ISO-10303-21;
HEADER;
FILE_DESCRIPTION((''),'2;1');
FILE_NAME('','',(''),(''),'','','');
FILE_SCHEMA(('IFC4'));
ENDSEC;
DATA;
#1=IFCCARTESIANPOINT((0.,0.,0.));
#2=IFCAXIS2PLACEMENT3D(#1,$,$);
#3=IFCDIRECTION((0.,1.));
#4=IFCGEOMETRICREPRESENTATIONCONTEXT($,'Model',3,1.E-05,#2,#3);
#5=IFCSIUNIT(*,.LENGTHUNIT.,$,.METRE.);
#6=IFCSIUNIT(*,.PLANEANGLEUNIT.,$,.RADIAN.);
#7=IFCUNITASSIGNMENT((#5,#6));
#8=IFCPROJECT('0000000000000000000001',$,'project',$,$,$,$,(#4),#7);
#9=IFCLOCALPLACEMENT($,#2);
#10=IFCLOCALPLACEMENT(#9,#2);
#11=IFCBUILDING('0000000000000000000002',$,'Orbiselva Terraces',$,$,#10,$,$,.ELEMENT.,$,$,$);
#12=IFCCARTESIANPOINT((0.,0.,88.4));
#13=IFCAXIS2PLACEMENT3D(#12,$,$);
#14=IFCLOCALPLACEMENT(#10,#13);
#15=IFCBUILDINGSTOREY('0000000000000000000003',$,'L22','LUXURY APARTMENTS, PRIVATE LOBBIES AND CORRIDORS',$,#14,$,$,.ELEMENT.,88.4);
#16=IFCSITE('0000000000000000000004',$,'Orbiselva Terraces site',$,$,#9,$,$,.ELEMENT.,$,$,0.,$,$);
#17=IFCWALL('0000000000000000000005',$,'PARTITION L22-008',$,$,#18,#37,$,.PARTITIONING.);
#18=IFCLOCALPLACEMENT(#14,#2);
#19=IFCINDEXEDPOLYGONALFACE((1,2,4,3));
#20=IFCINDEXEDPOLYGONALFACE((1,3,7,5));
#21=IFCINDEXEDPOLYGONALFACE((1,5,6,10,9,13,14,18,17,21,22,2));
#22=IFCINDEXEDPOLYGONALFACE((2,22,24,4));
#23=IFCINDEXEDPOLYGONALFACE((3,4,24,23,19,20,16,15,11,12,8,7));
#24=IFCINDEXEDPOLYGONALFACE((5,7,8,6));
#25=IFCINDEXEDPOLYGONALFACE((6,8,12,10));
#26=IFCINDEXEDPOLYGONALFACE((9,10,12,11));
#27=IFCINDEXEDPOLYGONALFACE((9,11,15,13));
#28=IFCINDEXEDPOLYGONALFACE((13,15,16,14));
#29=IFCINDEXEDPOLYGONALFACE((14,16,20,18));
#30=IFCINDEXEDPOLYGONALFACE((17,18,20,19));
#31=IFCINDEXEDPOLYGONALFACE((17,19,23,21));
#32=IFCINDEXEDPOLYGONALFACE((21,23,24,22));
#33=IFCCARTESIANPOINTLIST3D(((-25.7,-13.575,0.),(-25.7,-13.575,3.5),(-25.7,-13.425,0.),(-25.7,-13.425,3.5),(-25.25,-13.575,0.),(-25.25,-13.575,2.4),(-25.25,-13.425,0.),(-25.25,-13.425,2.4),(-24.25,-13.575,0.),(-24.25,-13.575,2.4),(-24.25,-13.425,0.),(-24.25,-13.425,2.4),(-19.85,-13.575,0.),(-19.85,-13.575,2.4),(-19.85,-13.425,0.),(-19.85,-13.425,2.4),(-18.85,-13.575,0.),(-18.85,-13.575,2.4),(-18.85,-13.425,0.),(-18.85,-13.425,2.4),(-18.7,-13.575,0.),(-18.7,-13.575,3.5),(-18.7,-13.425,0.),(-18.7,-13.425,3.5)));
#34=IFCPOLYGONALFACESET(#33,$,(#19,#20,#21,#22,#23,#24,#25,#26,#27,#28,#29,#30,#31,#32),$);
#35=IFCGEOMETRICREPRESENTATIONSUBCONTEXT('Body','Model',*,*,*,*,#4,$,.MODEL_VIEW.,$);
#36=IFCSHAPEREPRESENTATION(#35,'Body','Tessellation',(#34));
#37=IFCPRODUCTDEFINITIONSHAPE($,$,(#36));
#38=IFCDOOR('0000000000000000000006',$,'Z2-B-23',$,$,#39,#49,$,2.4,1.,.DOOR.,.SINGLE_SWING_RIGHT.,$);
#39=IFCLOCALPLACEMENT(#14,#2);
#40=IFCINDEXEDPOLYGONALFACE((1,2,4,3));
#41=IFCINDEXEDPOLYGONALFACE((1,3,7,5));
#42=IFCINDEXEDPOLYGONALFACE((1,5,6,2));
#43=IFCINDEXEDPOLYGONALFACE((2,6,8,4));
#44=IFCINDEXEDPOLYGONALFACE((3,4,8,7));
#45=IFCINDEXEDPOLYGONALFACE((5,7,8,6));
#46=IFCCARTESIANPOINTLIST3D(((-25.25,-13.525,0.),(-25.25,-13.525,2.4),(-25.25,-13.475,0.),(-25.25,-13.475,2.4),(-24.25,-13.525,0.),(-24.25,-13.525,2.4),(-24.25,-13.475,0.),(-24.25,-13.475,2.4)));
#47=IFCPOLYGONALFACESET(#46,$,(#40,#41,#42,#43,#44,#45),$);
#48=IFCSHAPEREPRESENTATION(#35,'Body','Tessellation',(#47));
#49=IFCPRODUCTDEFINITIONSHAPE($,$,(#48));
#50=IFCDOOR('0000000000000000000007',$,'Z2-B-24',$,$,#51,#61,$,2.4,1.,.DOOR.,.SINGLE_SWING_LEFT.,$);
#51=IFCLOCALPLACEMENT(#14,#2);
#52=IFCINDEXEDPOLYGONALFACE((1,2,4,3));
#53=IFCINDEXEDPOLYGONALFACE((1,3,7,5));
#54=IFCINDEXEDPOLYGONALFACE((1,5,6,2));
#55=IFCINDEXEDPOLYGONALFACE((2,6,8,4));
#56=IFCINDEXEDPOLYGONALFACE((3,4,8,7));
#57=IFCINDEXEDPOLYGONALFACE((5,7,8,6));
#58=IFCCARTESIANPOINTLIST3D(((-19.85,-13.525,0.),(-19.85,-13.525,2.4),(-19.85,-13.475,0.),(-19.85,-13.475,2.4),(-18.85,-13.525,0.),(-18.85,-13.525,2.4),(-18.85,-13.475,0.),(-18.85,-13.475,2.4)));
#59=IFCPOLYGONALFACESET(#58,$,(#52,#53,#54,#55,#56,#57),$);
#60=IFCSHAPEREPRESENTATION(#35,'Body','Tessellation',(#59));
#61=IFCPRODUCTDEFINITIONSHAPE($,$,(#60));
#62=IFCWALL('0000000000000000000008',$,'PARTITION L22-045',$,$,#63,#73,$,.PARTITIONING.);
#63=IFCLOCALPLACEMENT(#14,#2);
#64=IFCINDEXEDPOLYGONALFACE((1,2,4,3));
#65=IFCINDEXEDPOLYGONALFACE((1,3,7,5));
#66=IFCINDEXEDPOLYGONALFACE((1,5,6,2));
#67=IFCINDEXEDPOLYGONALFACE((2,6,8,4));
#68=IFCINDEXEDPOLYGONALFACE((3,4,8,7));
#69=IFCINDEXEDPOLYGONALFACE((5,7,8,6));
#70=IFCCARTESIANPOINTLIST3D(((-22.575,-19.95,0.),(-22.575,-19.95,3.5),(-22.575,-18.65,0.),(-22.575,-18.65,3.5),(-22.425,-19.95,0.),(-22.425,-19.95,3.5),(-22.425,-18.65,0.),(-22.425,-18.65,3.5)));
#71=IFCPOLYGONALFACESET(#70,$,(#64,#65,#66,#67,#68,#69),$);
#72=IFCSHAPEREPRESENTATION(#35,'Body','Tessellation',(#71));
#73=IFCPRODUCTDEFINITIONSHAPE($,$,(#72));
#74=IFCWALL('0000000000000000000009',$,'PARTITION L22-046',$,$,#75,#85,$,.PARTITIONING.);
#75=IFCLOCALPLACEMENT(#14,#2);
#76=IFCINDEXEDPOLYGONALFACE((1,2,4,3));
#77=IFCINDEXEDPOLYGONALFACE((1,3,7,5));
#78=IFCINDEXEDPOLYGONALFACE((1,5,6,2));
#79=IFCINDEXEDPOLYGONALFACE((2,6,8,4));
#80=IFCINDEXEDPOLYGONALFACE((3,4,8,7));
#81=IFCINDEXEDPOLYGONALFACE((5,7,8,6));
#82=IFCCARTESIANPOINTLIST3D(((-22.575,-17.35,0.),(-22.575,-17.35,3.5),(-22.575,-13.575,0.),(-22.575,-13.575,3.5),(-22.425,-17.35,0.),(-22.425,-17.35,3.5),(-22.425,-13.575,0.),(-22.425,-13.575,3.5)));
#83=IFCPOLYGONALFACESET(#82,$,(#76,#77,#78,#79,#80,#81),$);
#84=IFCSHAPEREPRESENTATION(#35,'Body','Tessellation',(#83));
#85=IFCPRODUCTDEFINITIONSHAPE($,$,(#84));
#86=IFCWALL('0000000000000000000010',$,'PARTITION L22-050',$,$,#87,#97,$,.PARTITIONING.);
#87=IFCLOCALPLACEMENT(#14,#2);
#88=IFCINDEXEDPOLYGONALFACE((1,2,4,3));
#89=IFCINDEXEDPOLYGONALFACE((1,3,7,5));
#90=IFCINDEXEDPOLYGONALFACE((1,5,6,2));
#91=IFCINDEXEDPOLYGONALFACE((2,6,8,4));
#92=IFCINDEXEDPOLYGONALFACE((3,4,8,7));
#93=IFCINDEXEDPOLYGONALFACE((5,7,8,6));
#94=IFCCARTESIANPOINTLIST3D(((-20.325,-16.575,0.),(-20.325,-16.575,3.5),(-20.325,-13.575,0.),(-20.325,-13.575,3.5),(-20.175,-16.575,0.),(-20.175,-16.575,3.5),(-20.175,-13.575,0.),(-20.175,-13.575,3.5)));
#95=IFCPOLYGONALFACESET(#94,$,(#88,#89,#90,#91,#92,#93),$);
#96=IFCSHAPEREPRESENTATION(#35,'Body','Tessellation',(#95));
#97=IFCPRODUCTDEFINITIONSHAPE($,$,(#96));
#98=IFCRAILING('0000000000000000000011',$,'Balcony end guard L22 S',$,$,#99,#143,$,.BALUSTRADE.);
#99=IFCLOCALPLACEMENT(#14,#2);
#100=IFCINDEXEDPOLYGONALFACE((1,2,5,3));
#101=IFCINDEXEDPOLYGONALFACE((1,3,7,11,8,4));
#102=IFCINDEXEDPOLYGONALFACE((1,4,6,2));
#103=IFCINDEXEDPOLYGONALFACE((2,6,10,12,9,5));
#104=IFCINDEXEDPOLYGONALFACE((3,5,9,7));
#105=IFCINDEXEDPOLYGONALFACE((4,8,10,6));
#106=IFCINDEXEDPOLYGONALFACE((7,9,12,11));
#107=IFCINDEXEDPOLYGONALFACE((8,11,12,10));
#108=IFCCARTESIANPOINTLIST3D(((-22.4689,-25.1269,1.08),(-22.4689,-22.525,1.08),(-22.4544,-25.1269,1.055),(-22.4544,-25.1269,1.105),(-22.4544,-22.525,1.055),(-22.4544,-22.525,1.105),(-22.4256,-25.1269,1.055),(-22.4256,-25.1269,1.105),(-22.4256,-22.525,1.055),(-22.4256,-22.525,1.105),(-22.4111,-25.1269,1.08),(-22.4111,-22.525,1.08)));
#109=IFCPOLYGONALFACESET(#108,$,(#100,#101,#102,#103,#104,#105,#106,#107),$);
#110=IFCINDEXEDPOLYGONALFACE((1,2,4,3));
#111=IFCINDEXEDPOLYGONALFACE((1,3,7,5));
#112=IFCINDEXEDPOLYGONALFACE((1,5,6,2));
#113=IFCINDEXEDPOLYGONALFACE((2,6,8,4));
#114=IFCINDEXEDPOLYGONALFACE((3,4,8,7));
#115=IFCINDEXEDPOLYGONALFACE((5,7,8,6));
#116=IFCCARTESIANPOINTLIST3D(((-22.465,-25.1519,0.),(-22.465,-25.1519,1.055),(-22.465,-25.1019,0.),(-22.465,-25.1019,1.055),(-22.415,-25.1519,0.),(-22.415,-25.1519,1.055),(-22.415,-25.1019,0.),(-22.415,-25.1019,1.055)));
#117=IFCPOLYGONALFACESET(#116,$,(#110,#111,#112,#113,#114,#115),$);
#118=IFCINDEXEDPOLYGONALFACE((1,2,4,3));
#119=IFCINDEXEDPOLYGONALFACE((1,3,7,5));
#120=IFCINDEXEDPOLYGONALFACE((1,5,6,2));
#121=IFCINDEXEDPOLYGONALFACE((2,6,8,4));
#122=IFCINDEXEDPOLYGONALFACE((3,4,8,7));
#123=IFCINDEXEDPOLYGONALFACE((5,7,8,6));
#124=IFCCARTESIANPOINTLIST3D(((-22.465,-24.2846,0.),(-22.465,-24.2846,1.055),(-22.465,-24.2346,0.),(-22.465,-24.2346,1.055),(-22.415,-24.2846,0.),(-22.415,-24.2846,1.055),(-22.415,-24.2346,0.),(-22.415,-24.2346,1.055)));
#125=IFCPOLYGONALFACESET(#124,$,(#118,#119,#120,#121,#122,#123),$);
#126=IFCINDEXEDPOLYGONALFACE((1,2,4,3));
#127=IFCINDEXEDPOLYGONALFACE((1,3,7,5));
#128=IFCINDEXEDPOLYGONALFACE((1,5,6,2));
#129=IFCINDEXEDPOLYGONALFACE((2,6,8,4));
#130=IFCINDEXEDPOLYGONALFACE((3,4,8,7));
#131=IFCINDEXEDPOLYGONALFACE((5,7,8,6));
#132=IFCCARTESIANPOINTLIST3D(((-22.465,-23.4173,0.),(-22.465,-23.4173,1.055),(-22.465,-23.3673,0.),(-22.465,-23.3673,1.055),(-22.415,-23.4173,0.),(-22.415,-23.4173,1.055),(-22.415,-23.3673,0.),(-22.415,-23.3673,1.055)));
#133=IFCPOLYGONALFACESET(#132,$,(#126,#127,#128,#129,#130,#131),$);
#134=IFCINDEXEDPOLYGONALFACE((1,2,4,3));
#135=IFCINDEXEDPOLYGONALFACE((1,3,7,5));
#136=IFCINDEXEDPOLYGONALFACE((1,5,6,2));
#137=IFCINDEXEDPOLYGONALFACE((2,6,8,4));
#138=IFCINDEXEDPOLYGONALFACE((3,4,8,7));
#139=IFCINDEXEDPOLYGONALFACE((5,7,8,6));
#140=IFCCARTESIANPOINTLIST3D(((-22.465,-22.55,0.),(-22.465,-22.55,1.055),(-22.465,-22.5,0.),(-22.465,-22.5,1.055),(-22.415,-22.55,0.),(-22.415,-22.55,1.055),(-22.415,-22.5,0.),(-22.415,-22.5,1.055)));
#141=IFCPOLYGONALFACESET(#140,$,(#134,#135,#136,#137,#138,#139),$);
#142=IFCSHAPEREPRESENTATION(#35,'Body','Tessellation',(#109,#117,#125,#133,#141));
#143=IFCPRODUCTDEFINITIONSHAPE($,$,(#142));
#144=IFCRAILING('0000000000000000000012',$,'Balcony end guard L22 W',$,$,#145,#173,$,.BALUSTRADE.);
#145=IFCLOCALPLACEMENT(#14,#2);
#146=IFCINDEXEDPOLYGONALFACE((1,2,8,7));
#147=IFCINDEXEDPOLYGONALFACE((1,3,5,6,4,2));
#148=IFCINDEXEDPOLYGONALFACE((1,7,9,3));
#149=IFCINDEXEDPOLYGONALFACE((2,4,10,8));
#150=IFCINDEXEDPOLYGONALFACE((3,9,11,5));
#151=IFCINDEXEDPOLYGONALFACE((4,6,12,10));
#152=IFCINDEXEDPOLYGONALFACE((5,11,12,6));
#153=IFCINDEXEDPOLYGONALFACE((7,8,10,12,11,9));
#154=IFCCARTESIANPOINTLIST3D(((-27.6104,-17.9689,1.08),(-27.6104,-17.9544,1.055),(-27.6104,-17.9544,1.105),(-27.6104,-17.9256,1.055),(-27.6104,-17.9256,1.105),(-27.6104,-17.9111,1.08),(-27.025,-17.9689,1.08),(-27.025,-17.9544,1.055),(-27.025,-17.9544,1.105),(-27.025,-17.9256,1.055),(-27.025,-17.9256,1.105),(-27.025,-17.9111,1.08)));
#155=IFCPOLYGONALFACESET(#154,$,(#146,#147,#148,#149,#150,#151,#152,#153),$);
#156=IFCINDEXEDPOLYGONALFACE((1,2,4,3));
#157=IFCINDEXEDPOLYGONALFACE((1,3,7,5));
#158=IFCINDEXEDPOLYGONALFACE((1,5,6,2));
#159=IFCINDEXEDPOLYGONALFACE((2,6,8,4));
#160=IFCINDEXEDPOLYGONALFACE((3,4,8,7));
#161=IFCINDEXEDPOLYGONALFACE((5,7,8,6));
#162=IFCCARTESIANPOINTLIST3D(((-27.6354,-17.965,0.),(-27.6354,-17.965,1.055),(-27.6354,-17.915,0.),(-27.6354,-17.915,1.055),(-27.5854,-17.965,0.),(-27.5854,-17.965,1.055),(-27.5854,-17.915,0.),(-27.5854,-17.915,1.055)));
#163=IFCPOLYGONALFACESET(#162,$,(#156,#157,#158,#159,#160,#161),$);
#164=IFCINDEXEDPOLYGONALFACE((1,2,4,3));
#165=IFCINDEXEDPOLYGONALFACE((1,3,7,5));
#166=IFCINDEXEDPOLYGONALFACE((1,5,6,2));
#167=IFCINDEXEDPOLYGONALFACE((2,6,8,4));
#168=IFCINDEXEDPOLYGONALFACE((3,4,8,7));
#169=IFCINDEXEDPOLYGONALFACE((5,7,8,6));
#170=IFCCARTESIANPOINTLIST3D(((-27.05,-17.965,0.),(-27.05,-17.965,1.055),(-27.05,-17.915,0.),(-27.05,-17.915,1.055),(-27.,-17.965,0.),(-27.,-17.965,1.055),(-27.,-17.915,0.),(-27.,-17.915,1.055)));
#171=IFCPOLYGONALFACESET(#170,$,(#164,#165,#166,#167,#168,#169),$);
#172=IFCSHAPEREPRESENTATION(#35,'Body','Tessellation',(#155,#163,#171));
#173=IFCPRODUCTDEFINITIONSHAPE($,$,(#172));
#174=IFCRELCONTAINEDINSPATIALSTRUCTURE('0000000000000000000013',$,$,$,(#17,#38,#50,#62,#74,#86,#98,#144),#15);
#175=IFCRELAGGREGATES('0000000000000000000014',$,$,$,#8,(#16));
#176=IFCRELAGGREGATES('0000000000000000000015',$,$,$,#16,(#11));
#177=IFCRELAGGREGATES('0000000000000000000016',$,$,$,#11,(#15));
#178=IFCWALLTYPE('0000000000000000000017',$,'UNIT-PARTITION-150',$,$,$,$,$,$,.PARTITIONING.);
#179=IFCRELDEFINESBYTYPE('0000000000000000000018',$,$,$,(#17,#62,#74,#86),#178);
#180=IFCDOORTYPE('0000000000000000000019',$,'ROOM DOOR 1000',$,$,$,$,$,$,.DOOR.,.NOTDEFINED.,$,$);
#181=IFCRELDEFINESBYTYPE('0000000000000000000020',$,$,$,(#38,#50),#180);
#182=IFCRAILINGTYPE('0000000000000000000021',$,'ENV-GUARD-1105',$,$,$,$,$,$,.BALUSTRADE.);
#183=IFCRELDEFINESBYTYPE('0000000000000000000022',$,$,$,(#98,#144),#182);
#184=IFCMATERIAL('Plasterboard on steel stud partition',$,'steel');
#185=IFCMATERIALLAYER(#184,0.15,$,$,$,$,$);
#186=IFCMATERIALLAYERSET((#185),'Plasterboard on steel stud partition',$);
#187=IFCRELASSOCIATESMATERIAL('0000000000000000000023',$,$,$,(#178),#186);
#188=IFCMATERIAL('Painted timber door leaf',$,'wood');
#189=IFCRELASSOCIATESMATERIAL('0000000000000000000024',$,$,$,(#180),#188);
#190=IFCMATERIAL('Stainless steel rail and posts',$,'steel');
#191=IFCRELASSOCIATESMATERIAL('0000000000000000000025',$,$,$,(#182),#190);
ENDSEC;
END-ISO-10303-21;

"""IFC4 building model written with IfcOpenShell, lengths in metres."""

from ifc_helpers import new_model, si_unit, direction, frame, frame_2d, origin, origin_2d, place, context, subcontext, project, spatial, polyline, rectangle, outline, extrude, material, layer, layer_set, type_object, element, fill, save


model = new_model("IFC4")

# Units and contexts
model_context = context("Model", 3, precision=1e-05, world=origin(), true_north=direction((0.0, 1.0)))
body_context = subcontext(model_context, "Body", "Model", "MODEL_VIEW")
ifc_project = project(units=[si_unit("LENGTHUNIT", "METRE"), si_unit("PLANEANGLEUNIT", "RADIAN")], contexts=[model_context])

# Site, building, storey
site_placement = place(None, origin())
site = spatial("IfcSite", under=ifc_project, at=site_placement, Name="Orbiselva Terraces site", CompositionType="ELEMENT", RefElevation=0.0)
building_placement = place(site_placement, origin())
building = spatial("IfcBuilding", under=site, at=building_placement, Name="Orbiselva Terraces", CompositionType="ELEMENT")
storey_placement = place(building_placement, frame((0.0, 0.0, 88.4)))
storey = spatial("IfcBuildingStorey", under=building, at=storey_placement, Name="L22", Description="LUXURY APARTMENTS, PRIVATE LOBBIES AND CORRIDORS", CompositionType="ELEMENT", Elevation=88.4)

# Shared definitions
ifc_material_1 = material(Name="Plasterboard on steel stud partition", Category="steel")
ifc_layer_1 = layer(ifc_material_1, 0.15)
ifc_layer_set_1 = layer_set([ifc_layer_1], Name="Plasterboard on steel stud partition")
wall_type_1 = type_object("IfcWallType", Name="UNIT-PARTITION-150", PredefinedType="PARTITIONING", material=ifc_layer_set_1)
ifc_material_2 = material(Name="Painted timber door leaf", Category="wood")

# Wall, openings, doors
wall_1_placement = place(storey_placement, frame((-18.7, -13.5, 0.0), z_axis=(0.0, 0.0, 1.0), x_axis=(-1.0, 0.0, 0.0)))
wall_1 = element("IfcWall", 1, at=wall_1_placement, inside=storey, type_object=wall_type_1, Name="PARTITION L22-008", PredefinedType="PARTITIONING", context=body_context, shape_type="SweptSolid", body=[
    extrude(rectangle(XDim=7.0, YDim=0.15, at=frame_2d((3.5, 0.0))), origin(), (0.0, 0.0, 1.0), 3.5),
])
opening_1_placement = place(wall_1_placement, frame((5.55, 0.0, 0.0)))
opening_1 = element("IfcOpeningElement", 2, at=opening_1_placement, cuts=wall_1, PredefinedType="OPENING", context=body_context, shape_type="SweptSolid", body=[
    extrude(rectangle(XDim=1.0, YDim=2.4, at=frame_2d((0.5, 1.2))), frame((0.0, 0.085, 0.0), z_axis=(0.0, -1.0, 0.0), x_axis=(1.0, 0.0, 0.0)), (0.0, 0.0, 1.0), 0.17),
])
opening_2_placement = place(wall_1_placement, frame((0.15, 0.0, 0.0)))
opening_2 = element("IfcOpeningElement", 3, at=opening_2_placement, cuts=wall_1, PredefinedType="OPENING", context=body_context, shape_type="SweptSolid", body=[
    extrude(rectangle(XDim=1.0, YDim=2.4, at=frame_2d((0.5, 1.2))), frame((0.0, 0.085, 0.0), z_axis=(0.0, -1.0, 0.0), x_axis=(1.0, 0.0, 0.0)), (0.0, 0.0, 1.0), 0.17),
])
door_type_1 = type_object("IfcDoorType", Name="ROOM DOOR 1000", OperationType="NOTDEFINED", PredefinedType="DOOR", material=ifc_material_2)
door_1_placement = place(opening_1_placement, origin())
door_1 = element("IfcDoor", 4, at=door_1_placement, inside=storey, type_object=door_type_1, Name="Z2-B-23", OperationType="SINGLE_SWING_RIGHT", OverallHeight=2.4, OverallWidth=1.0, PredefinedType="DOOR", context=body_context, shape_type="SweptSolid", body=[
    extrude(rectangle(XDim=1.0, YDim=2.4, at=frame_2d((0.5, 1.2))), frame((0.0, 0.025, 0.0), z_axis=(0.0, -1.0, 0.0), x_axis=(1.0, 0.0, 0.0)), (0.0, 0.0, 1.0), 0.05),
])
fill(opening_1, door_1)
door_2_placement = place(opening_2_placement, origin())
door_2 = element("IfcDoor", 5, at=door_2_placement, inside=storey, type_object=door_type_1, Name="Z2-B-24", OperationType="SINGLE_SWING_LEFT", OverallHeight=2.4, OverallWidth=1.0, PredefinedType="DOOR", context=body_context, shape_type="SweptSolid", body=[
    extrude(rectangle(XDim=1.0, YDim=2.4, at=frame_2d((0.5, 1.2))), frame((0.0, 0.025, 0.0), z_axis=(0.0, -1.0, 0.0), x_axis=(1.0, 0.0, 0.0)), (0.0, 0.0, 1.0), 0.05),
])
fill(opening_2, door_2)

# Walls
wall_2_placement = place(storey_placement, frame((-22.5, -19.95, 0.0), z_axis=(0.0, 0.0, 1.0), x_axis=(0.0, 1.0, 0.0)))
element("IfcWall", 6, at=wall_2_placement, inside=storey, type_object=wall_type_1, Name="PARTITION L22-045", PredefinedType="PARTITIONING", context=body_context, shape_type="SweptSolid", body=[
    extrude(rectangle(XDim=1.3, YDim=0.15, at=frame_2d((0.65, 0.0))), origin(), (0.0, 0.0, 1.0), 3.5),
])
wall_3_placement = place(storey_placement, frame((-22.5, -17.35, 0.0), z_axis=(0.0, 0.0, 1.0), x_axis=(0.0, 1.0, 0.0)))
element("IfcWall", 7, at=wall_3_placement, inside=storey, type_object=wall_type_1, Name="PARTITION L22-046", PredefinedType="PARTITIONING", context=body_context, shape_type="SweptSolid", body=[
    extrude(rectangle(XDim=3.775, YDim=0.15, at=frame_2d((1.8875, 0.0))), origin(), (0.0, 0.0, 1.0), 3.5),
])
wall_4_placement = place(storey_placement, frame((-20.25, -16.575, 0.0), z_axis=(0.0, 0.0, 1.0), x_axis=(0.0, 1.0, 0.0)))
element("IfcWall", 8, at=wall_4_placement, inside=storey, type_object=wall_type_1, Name="PARTITION L22-050", PredefinedType="PARTITIONING", context=body_context, shape_type="SweptSolid", body=[
    extrude(rectangle(XDim=3.0, YDim=0.15, at=frame_2d((1.5, 0.0))), origin(), (0.0, 0.0, 1.0), 3.5),
])

# Railings
ifc_material_3 = material(Name="Stainless steel rail and posts", Category="steel")
railing_type_1 = type_object("IfcRailingType", Name="ENV-GUARD-1105", PredefinedType="BALUSTRADE", material=ifc_material_3)
railing_1_placement = place(storey_placement, frame((-22.44, -25.1269, 0.0)))
element("IfcRailing", 9, at=railing_1_placement, inside=storey, type_object=railing_type_1, Name="Balcony end guard L22 S", PredefinedType="BALUSTRADE", context=body_context, shape_type="SweptSolid", body=[
    extrude(outline(polyline([(0.0289, 0.0), (0.0144, 0.025), (-0.0144, 0.025), (-0.0289, 0.0), (-0.0144, -0.025), (0.0144, -0.025), (0.0289, 0.0)])), frame((0.0, 0.0, 1.08), z_axis=(0.0, 1.0, 0.0), x_axis=(-1.0, 0.0, 0.0)), (0.0, 0.0, 1.0), 2.6019),
    extrude(rectangle(XDim=0.05, YDim=0.05, at=origin_2d()), origin(), (0.0, 0.0, 1.0), 1.055),
    extrude(rectangle(XDim=0.05, YDim=0.05, at=origin_2d()), frame((0.0, 0.8673, 0.0)), (0.0, 0.0, 1.0), 1.055),
    extrude(rectangle(XDim=0.05, YDim=0.05, at=origin_2d()), frame((0.0, 1.7346, 0.0)), (0.0, 0.0, 1.0), 1.055),
    extrude(rectangle(XDim=0.05, YDim=0.05, at=origin_2d()), frame((0.0, 2.6019, 0.0)), (0.0, 0.0, 1.0), 1.055),
])
railing_2_placement = place(storey_placement, frame((-27.6104, -17.94, 0.0)))
element("IfcRailing", 10, at=railing_2_placement, inside=storey, type_object=railing_type_1, Name="Balcony end guard L22 W", PredefinedType="BALUSTRADE", context=body_context, shape_type="SweptSolid", body=[
    extrude(outline(polyline([(0.0289, 0.0), (0.0144, 0.025), (-0.0144, 0.025), (-0.0289, 0.0), (-0.0144, -0.025), (0.0144, -0.025), (0.0289, 0.0)])), frame((0.0, 0.0, 1.08), z_axis=(1.0, 0.0, 0.0), x_axis=(0.0, 1.0, 0.0)), (0.0, 0.0, 1.0), 0.5854),
    extrude(rectangle(XDim=0.05, YDim=0.05, at=origin_2d()), origin(), (0.0, 0.0, 1.0), 1.055),
    extrude(rectangle(XDim=0.05, YDim=0.05, at=origin_2d()), frame((0.5854, 0.0, 0.0)), (0.0, 0.0, 1.0), 1.055),
])

save(model, "model.ifc")
